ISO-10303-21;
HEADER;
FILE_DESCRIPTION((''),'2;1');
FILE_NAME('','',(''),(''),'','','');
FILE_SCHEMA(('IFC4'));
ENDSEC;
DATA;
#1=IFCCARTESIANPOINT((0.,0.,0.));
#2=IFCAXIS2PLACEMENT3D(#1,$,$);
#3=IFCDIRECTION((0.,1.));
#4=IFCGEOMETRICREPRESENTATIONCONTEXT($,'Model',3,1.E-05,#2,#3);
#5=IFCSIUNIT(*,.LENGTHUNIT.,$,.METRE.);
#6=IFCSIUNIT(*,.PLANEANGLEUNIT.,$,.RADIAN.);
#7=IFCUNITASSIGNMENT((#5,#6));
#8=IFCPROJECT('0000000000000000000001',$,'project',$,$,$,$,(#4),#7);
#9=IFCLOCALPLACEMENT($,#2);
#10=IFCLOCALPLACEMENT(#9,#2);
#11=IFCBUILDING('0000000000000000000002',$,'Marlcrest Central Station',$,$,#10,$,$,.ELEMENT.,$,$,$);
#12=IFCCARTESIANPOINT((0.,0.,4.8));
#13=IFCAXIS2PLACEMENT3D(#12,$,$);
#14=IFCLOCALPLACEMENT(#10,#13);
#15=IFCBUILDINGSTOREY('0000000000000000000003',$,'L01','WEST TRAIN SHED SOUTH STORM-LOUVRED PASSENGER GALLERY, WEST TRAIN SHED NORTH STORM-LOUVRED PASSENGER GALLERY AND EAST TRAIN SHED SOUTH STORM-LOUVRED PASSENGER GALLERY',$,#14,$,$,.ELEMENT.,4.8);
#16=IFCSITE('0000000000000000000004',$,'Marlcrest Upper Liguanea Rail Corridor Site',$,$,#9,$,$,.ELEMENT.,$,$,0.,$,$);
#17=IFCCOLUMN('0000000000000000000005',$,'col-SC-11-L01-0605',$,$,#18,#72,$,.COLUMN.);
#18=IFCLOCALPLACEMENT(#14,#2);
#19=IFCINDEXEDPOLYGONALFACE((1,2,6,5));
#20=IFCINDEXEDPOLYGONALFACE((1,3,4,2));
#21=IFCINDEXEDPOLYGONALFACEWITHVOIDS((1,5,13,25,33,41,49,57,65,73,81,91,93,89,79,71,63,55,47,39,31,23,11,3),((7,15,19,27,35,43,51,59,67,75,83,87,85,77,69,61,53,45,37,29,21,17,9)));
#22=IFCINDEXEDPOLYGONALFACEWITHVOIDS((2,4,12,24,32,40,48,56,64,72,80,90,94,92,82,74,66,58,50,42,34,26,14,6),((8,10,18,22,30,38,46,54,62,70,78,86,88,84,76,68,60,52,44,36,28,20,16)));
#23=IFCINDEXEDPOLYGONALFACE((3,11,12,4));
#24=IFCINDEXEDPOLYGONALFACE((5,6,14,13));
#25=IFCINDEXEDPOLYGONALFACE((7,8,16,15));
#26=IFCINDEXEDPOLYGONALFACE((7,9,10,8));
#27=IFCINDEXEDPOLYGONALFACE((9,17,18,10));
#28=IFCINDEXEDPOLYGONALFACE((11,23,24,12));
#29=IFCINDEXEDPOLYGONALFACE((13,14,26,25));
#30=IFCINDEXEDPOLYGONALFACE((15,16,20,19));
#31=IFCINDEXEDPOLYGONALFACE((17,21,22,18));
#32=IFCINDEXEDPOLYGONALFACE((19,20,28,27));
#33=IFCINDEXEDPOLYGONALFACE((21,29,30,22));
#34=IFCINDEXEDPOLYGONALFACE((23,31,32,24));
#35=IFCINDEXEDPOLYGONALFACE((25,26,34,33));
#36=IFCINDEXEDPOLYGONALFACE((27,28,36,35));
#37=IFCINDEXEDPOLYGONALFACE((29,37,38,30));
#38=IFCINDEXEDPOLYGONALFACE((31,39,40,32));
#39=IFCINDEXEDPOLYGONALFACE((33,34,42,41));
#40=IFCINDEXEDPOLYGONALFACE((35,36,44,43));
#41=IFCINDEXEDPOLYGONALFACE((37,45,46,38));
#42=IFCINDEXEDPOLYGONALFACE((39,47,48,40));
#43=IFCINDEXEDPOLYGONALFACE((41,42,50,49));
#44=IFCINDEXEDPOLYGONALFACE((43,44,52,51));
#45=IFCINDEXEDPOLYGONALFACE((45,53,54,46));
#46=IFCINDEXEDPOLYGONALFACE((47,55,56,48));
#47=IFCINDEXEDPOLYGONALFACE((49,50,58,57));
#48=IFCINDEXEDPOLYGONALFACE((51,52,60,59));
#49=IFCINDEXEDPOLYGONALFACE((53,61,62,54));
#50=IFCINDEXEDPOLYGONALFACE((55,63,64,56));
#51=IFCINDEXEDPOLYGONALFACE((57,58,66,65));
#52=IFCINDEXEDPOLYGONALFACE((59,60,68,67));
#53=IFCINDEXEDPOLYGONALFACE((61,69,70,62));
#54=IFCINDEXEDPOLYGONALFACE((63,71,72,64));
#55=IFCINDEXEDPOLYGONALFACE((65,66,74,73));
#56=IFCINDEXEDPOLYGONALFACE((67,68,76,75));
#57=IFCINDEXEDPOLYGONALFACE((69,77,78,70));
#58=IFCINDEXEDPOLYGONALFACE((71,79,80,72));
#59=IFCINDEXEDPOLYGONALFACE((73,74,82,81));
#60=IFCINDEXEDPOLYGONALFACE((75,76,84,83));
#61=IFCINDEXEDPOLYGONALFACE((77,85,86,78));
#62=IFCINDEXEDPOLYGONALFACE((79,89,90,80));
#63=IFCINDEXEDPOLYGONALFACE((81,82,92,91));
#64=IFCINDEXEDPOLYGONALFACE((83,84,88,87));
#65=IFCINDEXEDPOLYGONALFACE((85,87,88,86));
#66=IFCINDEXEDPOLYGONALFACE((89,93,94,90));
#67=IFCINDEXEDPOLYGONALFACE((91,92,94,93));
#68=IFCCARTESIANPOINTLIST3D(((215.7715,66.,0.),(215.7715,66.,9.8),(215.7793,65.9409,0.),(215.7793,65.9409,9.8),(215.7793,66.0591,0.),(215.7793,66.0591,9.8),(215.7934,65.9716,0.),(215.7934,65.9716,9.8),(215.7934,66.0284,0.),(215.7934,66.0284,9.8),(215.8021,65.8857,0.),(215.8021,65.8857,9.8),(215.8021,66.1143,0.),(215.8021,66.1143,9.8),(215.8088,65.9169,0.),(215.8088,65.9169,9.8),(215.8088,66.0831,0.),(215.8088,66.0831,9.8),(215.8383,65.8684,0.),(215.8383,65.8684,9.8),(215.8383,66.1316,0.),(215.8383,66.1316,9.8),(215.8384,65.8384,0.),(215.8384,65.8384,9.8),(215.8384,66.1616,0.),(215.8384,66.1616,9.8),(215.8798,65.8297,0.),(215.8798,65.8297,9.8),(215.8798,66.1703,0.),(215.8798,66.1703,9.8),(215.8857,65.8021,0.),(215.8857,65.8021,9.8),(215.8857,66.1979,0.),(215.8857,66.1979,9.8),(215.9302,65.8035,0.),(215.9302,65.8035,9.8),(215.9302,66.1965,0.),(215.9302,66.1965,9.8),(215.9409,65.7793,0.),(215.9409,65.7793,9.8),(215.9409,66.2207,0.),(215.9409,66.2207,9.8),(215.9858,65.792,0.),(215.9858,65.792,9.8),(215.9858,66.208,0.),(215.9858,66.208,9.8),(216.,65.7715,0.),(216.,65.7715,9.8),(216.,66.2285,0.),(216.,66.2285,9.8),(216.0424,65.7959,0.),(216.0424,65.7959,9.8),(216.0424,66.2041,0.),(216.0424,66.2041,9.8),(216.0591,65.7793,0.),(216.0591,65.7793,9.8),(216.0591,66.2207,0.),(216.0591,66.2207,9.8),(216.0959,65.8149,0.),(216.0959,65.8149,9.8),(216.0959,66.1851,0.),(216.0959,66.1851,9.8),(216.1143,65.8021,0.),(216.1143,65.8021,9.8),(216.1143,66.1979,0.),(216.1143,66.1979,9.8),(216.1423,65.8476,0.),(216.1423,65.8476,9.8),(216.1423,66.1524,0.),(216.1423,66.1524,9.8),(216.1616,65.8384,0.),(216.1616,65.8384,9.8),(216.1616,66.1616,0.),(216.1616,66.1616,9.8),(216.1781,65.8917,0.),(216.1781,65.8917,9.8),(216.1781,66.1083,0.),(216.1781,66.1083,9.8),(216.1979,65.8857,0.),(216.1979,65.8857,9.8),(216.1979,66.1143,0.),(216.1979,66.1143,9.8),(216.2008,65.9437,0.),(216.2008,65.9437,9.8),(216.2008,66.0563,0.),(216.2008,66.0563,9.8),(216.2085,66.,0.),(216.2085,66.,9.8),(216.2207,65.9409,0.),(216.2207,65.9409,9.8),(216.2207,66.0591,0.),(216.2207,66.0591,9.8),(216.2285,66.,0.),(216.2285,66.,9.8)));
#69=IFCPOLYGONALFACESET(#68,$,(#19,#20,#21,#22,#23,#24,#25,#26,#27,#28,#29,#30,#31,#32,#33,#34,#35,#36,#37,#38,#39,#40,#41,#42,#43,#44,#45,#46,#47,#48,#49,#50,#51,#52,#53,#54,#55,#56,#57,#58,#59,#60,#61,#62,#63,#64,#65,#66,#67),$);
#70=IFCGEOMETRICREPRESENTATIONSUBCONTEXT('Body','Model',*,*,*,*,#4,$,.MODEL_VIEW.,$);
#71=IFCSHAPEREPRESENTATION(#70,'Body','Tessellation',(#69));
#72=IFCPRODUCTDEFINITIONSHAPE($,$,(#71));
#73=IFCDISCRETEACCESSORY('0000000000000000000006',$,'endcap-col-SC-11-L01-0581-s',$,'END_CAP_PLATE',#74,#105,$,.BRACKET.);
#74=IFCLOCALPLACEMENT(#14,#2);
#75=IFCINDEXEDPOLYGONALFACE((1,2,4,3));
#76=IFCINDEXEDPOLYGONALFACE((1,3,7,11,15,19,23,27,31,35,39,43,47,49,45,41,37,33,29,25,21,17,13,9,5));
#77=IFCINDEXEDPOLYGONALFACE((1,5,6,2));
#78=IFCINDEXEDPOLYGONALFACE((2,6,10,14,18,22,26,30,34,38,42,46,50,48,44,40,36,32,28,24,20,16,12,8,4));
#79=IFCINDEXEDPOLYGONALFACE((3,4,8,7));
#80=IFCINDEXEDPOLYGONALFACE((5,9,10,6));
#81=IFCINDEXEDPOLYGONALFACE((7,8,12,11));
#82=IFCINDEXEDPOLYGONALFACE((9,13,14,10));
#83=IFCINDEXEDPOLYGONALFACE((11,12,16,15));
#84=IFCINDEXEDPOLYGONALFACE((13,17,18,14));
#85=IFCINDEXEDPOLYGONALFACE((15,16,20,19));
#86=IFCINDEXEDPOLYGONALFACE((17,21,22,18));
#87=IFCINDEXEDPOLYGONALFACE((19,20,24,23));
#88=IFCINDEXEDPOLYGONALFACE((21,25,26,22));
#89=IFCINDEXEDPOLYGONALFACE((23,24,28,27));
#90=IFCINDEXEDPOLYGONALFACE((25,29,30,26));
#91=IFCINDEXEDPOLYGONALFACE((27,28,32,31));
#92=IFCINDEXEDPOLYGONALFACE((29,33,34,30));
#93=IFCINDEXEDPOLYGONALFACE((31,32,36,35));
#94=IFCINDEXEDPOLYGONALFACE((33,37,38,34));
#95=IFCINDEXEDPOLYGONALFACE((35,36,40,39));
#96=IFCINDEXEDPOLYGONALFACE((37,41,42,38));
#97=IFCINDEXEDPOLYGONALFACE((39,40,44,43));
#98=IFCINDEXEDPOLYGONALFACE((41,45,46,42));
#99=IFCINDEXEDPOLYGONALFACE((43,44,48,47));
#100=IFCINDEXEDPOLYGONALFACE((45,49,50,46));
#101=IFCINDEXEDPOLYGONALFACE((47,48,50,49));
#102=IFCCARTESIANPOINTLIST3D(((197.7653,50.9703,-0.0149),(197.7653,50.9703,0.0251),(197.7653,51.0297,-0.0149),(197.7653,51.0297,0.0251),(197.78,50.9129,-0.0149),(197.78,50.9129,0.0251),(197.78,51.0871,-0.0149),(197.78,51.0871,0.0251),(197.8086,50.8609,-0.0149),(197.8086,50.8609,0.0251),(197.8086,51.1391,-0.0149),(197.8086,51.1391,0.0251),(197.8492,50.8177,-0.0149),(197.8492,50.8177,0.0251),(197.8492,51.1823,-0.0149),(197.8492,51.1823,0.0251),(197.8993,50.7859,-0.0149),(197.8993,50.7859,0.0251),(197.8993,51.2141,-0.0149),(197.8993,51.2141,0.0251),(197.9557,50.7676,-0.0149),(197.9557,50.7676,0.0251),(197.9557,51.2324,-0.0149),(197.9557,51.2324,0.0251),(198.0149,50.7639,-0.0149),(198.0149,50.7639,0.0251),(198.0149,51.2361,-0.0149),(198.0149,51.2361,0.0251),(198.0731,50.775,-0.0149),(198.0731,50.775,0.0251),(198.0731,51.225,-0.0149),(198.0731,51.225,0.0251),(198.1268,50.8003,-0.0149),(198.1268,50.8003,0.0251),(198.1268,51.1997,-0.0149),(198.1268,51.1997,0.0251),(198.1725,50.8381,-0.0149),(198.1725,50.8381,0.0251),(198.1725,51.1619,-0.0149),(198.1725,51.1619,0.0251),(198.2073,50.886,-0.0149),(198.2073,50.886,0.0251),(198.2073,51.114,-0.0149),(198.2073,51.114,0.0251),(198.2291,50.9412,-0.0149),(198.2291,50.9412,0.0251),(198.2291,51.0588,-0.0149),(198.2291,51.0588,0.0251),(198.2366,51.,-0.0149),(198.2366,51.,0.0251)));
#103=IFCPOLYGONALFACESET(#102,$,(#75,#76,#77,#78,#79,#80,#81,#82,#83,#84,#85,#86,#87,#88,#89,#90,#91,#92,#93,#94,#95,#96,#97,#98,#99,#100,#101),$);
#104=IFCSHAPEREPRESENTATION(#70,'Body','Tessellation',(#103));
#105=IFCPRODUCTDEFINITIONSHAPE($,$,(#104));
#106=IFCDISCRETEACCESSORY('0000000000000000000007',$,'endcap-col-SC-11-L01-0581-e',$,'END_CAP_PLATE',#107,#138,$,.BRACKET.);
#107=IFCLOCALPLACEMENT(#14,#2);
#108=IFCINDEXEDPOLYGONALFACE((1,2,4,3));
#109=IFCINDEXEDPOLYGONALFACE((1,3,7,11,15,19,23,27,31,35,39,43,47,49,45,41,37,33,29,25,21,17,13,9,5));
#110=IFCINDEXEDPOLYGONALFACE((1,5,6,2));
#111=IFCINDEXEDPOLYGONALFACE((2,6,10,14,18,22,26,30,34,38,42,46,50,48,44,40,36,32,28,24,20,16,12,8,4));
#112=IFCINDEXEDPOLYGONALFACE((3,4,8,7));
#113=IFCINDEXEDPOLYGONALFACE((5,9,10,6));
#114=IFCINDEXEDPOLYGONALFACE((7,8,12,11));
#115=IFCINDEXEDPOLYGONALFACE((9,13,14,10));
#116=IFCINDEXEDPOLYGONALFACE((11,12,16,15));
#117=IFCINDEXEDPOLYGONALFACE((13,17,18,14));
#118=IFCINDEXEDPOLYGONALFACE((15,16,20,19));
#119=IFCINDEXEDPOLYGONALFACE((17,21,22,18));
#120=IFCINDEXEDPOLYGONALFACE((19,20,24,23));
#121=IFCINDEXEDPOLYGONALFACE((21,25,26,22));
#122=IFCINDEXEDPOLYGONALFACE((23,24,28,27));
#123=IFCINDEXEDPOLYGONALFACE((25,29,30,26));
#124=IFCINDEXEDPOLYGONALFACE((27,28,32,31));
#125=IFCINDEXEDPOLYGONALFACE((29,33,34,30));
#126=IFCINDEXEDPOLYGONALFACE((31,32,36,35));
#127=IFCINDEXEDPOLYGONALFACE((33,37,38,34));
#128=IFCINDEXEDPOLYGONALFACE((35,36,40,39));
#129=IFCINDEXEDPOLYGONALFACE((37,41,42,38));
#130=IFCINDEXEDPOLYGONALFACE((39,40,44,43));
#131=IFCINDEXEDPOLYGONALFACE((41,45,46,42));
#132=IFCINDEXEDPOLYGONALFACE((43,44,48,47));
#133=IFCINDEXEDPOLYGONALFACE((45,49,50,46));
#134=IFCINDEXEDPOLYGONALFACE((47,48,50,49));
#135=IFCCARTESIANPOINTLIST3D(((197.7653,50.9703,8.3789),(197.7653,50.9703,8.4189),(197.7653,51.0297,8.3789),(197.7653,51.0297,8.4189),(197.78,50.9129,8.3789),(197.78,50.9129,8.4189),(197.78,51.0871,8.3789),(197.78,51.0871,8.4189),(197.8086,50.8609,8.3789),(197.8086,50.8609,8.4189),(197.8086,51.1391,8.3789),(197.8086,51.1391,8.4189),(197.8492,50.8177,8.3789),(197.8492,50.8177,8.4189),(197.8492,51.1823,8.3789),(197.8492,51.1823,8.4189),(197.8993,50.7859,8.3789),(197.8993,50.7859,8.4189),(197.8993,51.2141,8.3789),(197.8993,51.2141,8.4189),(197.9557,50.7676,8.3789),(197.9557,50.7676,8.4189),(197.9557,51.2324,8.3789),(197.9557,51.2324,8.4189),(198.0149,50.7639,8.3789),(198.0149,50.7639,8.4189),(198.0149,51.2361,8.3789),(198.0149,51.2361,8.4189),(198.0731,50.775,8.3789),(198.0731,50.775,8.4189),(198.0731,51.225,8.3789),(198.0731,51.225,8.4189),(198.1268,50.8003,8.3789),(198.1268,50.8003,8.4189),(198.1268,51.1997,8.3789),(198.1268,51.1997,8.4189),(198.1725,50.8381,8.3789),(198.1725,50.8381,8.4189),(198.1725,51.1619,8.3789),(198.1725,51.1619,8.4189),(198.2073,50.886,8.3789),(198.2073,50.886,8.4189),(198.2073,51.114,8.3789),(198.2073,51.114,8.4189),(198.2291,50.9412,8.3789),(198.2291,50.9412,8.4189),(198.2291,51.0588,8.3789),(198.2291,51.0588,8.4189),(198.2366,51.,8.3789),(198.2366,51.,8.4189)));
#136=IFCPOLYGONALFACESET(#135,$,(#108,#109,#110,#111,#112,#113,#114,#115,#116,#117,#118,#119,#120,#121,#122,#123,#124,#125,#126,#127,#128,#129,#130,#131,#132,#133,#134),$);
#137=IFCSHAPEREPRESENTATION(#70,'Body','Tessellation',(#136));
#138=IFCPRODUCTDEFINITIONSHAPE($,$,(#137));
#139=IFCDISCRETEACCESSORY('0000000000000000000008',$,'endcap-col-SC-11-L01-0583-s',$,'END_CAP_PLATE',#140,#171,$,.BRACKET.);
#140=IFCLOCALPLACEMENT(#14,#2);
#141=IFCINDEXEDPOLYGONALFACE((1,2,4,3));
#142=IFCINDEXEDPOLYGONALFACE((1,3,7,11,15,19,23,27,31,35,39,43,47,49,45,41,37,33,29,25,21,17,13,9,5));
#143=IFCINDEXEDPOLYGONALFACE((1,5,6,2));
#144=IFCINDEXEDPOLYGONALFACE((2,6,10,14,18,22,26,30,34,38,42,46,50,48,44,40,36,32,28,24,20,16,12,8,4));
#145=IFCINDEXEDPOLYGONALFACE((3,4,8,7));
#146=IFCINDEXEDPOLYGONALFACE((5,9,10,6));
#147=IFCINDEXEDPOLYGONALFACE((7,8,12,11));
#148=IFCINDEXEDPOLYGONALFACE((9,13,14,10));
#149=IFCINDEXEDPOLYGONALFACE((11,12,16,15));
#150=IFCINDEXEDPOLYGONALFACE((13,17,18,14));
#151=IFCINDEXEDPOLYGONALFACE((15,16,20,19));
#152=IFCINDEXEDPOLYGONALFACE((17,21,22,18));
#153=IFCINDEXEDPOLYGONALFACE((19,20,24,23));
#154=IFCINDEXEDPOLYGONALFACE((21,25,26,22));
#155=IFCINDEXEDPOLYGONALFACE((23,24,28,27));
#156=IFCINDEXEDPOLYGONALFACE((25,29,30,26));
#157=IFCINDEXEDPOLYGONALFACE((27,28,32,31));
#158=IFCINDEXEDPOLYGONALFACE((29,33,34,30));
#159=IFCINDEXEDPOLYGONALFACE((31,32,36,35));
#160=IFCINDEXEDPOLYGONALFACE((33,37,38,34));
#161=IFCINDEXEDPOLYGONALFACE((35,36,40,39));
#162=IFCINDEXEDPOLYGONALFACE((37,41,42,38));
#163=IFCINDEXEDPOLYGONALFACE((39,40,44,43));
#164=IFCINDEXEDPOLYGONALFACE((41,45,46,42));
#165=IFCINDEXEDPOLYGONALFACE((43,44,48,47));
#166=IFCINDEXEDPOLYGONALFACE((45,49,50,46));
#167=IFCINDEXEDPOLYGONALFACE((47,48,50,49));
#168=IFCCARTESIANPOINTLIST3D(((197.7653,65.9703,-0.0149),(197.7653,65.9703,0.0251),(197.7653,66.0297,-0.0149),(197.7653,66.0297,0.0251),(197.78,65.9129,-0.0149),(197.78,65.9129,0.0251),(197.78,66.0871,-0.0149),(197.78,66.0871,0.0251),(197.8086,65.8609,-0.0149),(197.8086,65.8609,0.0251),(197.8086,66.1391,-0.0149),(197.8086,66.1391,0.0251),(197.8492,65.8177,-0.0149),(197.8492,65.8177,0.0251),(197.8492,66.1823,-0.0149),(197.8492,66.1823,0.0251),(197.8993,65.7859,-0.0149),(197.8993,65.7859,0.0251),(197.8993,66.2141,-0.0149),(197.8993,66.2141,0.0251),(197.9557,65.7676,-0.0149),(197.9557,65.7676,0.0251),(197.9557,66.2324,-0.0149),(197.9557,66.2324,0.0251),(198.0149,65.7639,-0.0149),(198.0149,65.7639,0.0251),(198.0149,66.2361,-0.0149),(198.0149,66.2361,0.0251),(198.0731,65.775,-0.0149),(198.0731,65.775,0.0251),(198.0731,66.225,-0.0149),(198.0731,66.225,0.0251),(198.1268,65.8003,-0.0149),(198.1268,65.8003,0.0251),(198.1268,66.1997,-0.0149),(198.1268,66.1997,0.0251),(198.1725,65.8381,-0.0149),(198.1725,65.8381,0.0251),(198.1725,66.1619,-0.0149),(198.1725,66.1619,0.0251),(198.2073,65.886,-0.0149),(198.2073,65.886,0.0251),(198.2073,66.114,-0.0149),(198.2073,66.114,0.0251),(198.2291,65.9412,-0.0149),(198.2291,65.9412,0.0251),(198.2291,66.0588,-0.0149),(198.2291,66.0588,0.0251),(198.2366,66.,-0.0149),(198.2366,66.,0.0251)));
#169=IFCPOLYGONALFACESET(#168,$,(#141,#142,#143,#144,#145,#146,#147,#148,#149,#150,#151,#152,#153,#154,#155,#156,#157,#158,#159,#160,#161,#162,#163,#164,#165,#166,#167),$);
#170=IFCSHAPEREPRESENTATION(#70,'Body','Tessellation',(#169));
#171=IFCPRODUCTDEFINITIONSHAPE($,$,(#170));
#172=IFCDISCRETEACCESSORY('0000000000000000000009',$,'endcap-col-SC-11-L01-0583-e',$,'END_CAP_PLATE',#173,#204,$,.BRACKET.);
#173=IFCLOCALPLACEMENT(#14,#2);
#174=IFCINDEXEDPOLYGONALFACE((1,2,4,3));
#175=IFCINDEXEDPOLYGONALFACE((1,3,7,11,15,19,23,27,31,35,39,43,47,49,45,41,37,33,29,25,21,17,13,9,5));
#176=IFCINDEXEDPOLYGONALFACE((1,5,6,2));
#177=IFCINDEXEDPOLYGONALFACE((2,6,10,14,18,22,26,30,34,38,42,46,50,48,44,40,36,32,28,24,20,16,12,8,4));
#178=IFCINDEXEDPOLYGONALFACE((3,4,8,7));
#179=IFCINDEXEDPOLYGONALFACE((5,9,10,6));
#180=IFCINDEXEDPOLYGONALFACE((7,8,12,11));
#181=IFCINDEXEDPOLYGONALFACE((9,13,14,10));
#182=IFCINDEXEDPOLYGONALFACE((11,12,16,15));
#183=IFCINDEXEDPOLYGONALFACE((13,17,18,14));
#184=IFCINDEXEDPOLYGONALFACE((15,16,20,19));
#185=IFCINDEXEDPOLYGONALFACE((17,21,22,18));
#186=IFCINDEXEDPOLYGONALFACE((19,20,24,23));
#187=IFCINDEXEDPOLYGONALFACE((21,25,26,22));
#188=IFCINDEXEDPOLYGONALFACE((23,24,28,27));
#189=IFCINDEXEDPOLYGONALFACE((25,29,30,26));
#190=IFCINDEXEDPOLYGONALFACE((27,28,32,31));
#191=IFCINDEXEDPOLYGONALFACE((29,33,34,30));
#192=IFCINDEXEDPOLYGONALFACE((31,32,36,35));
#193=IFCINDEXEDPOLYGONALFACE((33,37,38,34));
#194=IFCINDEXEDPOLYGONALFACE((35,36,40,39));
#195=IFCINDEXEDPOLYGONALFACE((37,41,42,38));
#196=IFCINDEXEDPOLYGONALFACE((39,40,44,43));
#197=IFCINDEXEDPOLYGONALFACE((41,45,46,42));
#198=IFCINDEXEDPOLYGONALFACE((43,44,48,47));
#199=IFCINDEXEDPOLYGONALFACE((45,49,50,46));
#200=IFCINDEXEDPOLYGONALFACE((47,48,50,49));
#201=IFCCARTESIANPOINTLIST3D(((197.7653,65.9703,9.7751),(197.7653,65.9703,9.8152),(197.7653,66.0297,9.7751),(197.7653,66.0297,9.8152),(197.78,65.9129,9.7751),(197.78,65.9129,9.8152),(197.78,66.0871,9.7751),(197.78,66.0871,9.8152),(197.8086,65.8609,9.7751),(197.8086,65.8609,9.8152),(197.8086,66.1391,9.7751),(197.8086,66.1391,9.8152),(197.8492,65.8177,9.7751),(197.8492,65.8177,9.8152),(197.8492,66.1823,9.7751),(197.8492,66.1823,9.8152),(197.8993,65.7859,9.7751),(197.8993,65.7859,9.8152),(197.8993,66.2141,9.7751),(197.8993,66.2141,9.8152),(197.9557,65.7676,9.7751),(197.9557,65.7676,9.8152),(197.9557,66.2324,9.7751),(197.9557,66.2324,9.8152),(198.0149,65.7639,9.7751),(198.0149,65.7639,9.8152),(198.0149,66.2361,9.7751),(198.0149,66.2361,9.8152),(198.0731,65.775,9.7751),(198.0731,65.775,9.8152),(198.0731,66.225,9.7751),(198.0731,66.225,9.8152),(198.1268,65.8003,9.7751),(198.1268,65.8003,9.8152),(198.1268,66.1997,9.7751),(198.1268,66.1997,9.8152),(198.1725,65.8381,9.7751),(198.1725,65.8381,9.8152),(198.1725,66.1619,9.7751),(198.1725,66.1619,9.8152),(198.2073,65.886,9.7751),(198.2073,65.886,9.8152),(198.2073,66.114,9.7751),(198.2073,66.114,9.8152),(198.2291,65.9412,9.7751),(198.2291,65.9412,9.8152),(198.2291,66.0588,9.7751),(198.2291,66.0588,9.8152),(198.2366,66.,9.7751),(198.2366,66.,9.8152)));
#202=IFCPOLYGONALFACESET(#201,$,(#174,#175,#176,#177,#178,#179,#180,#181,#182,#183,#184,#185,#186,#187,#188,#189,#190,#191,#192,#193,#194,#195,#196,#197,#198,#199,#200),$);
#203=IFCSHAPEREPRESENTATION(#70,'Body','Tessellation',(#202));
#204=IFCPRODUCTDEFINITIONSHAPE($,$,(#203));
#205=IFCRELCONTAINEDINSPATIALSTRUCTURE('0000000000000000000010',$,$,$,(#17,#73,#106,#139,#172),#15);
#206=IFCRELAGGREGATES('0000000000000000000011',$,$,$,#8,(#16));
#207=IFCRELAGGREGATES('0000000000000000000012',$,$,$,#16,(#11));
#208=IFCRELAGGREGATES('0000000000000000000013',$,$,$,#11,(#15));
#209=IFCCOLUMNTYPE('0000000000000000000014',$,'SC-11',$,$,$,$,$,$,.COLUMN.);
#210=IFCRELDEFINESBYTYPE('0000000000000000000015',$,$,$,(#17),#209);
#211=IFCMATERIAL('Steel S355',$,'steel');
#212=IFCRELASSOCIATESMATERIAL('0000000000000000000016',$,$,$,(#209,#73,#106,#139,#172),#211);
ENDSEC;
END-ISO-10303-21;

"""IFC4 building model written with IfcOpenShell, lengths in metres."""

from ifc_helpers import new_model, si_unit, direction, frame, origin, origin_2d, place, context, subcontext, project, spatial, circle, hollow_circle, extrude, material, material_profile, profile_set, type_object, element, save


model = new_model("IFC4")

# Units and contexts
model_context = context("Model", 3, precision=1e-05, world=origin(), true_north=direction((0.0, 1.0)))
body_context = subcontext(model_context, "Body", "Model", "MODEL_VIEW")
ifc_project = project(units=[si_unit("LENGTHUNIT", "METRE"), si_unit("PLANEANGLEUNIT", "RADIAN")], contexts=[model_context])

# Site, building, storey
site_placement = place(None, origin())
site = spatial("IfcSite", under=ifc_project, at=site_placement, Name="Marlcrest Upper Liguanea Rail Corridor Site", CompositionType="ELEMENT", RefElevation=0.0)
building_placement = place(site_placement, origin())
building = spatial("IfcBuilding", under=site, at=building_placement, Name="Marlcrest Central Station", CompositionType="ELEMENT")
storey_placement = place(building_placement, frame((0.0, 0.0, 4.8)))
storey = spatial("IfcBuildingStorey", under=building, at=storey_placement, Name="L01", Description="WEST TRAIN SHED SOUTH STORM-LOUVRED PASSENGER GALLERY, WEST TRAIN SHED NORTH STORM-LOUVRED PASSENGER GALLERY AND EAST TRAIN SHED SOUTH STORM-LOUVRED PASSENGER GALLERY", CompositionType="ELEMENT", Elevation=4.8)

# Column
ifc_material = material(Name="Steel S355", Category="steel")
ifc_material_profile = material_profile(ifc_material, hollow_circle(Radius=0.2285, WallThickness=0.02, at=origin_2d()), Name="CHS 457x20")
ifc_profile_set = profile_set([ifc_material_profile], Name="Steel S355")
column_type = type_object("IfcColumnType", Name="SC-11", PredefinedType="COLUMN", material=ifc_profile_set)
column_1_placement = place(storey_placement, frame((216.0, 66.0, 0.0), z_axis=(0.0, 0.0, 1.0), x_axis=(1.0, 0.0, 0.0)))
element("IfcColumn", 1, at=column_1_placement, inside=storey, type_object=column_type, Name="col-SC-11-L01-0605", PredefinedType="COLUMN", context=body_context, shape_type="SweptSolid", body=[
    extrude(hollow_circle(Radius=0.2285, WallThickness=0.02, at=origin_2d()), origin(), (0.0, 0.0, 1.0), 9.8),
])

# Discrete accessories
for number, where, z_axis, x_axis, name in (
    (2, (198.0, 51.0, -0.0149), (0.0, 0.0, 1.0), (1.0, 0.0, 0.0), "endcap-col-SC-11-L01-0581-s"),
    (3, (198.0, 51.0, 8.3789), (0.0, 0.0, 1.0), (1.0, 0.0, 0.0), "endcap-col-SC-11-L01-0581-e"),
    (4, (198.0, 66.0, -0.0149), (0.0, 0.0, 1.0), (1.0, 0.0, 0.0), "endcap-col-SC-11-L01-0583-s"),
    (5, (198.0, 66.0, 9.7751), (0.0, 0.0, 1.0), (1.0, 0.0, 0.0), "endcap-col-SC-11-L01-0583-e"),
):
    element("IfcDiscreteAccessory", number, at=place(storey_placement, frame(where, z_axis=z_axis, x_axis=x_axis)), inside=storey, material=ifc_material, Name=name, ObjectType="END_CAP_PLATE", PredefinedType="BRACKET", context=body_context, shape_type="SweptSolid", body=[
        extrude(circle(Radius=0.2366, at=origin_2d()), origin(), (0.0, 0.0, 1.0), 0.04),
    ])

save(model, "model.ifc")
